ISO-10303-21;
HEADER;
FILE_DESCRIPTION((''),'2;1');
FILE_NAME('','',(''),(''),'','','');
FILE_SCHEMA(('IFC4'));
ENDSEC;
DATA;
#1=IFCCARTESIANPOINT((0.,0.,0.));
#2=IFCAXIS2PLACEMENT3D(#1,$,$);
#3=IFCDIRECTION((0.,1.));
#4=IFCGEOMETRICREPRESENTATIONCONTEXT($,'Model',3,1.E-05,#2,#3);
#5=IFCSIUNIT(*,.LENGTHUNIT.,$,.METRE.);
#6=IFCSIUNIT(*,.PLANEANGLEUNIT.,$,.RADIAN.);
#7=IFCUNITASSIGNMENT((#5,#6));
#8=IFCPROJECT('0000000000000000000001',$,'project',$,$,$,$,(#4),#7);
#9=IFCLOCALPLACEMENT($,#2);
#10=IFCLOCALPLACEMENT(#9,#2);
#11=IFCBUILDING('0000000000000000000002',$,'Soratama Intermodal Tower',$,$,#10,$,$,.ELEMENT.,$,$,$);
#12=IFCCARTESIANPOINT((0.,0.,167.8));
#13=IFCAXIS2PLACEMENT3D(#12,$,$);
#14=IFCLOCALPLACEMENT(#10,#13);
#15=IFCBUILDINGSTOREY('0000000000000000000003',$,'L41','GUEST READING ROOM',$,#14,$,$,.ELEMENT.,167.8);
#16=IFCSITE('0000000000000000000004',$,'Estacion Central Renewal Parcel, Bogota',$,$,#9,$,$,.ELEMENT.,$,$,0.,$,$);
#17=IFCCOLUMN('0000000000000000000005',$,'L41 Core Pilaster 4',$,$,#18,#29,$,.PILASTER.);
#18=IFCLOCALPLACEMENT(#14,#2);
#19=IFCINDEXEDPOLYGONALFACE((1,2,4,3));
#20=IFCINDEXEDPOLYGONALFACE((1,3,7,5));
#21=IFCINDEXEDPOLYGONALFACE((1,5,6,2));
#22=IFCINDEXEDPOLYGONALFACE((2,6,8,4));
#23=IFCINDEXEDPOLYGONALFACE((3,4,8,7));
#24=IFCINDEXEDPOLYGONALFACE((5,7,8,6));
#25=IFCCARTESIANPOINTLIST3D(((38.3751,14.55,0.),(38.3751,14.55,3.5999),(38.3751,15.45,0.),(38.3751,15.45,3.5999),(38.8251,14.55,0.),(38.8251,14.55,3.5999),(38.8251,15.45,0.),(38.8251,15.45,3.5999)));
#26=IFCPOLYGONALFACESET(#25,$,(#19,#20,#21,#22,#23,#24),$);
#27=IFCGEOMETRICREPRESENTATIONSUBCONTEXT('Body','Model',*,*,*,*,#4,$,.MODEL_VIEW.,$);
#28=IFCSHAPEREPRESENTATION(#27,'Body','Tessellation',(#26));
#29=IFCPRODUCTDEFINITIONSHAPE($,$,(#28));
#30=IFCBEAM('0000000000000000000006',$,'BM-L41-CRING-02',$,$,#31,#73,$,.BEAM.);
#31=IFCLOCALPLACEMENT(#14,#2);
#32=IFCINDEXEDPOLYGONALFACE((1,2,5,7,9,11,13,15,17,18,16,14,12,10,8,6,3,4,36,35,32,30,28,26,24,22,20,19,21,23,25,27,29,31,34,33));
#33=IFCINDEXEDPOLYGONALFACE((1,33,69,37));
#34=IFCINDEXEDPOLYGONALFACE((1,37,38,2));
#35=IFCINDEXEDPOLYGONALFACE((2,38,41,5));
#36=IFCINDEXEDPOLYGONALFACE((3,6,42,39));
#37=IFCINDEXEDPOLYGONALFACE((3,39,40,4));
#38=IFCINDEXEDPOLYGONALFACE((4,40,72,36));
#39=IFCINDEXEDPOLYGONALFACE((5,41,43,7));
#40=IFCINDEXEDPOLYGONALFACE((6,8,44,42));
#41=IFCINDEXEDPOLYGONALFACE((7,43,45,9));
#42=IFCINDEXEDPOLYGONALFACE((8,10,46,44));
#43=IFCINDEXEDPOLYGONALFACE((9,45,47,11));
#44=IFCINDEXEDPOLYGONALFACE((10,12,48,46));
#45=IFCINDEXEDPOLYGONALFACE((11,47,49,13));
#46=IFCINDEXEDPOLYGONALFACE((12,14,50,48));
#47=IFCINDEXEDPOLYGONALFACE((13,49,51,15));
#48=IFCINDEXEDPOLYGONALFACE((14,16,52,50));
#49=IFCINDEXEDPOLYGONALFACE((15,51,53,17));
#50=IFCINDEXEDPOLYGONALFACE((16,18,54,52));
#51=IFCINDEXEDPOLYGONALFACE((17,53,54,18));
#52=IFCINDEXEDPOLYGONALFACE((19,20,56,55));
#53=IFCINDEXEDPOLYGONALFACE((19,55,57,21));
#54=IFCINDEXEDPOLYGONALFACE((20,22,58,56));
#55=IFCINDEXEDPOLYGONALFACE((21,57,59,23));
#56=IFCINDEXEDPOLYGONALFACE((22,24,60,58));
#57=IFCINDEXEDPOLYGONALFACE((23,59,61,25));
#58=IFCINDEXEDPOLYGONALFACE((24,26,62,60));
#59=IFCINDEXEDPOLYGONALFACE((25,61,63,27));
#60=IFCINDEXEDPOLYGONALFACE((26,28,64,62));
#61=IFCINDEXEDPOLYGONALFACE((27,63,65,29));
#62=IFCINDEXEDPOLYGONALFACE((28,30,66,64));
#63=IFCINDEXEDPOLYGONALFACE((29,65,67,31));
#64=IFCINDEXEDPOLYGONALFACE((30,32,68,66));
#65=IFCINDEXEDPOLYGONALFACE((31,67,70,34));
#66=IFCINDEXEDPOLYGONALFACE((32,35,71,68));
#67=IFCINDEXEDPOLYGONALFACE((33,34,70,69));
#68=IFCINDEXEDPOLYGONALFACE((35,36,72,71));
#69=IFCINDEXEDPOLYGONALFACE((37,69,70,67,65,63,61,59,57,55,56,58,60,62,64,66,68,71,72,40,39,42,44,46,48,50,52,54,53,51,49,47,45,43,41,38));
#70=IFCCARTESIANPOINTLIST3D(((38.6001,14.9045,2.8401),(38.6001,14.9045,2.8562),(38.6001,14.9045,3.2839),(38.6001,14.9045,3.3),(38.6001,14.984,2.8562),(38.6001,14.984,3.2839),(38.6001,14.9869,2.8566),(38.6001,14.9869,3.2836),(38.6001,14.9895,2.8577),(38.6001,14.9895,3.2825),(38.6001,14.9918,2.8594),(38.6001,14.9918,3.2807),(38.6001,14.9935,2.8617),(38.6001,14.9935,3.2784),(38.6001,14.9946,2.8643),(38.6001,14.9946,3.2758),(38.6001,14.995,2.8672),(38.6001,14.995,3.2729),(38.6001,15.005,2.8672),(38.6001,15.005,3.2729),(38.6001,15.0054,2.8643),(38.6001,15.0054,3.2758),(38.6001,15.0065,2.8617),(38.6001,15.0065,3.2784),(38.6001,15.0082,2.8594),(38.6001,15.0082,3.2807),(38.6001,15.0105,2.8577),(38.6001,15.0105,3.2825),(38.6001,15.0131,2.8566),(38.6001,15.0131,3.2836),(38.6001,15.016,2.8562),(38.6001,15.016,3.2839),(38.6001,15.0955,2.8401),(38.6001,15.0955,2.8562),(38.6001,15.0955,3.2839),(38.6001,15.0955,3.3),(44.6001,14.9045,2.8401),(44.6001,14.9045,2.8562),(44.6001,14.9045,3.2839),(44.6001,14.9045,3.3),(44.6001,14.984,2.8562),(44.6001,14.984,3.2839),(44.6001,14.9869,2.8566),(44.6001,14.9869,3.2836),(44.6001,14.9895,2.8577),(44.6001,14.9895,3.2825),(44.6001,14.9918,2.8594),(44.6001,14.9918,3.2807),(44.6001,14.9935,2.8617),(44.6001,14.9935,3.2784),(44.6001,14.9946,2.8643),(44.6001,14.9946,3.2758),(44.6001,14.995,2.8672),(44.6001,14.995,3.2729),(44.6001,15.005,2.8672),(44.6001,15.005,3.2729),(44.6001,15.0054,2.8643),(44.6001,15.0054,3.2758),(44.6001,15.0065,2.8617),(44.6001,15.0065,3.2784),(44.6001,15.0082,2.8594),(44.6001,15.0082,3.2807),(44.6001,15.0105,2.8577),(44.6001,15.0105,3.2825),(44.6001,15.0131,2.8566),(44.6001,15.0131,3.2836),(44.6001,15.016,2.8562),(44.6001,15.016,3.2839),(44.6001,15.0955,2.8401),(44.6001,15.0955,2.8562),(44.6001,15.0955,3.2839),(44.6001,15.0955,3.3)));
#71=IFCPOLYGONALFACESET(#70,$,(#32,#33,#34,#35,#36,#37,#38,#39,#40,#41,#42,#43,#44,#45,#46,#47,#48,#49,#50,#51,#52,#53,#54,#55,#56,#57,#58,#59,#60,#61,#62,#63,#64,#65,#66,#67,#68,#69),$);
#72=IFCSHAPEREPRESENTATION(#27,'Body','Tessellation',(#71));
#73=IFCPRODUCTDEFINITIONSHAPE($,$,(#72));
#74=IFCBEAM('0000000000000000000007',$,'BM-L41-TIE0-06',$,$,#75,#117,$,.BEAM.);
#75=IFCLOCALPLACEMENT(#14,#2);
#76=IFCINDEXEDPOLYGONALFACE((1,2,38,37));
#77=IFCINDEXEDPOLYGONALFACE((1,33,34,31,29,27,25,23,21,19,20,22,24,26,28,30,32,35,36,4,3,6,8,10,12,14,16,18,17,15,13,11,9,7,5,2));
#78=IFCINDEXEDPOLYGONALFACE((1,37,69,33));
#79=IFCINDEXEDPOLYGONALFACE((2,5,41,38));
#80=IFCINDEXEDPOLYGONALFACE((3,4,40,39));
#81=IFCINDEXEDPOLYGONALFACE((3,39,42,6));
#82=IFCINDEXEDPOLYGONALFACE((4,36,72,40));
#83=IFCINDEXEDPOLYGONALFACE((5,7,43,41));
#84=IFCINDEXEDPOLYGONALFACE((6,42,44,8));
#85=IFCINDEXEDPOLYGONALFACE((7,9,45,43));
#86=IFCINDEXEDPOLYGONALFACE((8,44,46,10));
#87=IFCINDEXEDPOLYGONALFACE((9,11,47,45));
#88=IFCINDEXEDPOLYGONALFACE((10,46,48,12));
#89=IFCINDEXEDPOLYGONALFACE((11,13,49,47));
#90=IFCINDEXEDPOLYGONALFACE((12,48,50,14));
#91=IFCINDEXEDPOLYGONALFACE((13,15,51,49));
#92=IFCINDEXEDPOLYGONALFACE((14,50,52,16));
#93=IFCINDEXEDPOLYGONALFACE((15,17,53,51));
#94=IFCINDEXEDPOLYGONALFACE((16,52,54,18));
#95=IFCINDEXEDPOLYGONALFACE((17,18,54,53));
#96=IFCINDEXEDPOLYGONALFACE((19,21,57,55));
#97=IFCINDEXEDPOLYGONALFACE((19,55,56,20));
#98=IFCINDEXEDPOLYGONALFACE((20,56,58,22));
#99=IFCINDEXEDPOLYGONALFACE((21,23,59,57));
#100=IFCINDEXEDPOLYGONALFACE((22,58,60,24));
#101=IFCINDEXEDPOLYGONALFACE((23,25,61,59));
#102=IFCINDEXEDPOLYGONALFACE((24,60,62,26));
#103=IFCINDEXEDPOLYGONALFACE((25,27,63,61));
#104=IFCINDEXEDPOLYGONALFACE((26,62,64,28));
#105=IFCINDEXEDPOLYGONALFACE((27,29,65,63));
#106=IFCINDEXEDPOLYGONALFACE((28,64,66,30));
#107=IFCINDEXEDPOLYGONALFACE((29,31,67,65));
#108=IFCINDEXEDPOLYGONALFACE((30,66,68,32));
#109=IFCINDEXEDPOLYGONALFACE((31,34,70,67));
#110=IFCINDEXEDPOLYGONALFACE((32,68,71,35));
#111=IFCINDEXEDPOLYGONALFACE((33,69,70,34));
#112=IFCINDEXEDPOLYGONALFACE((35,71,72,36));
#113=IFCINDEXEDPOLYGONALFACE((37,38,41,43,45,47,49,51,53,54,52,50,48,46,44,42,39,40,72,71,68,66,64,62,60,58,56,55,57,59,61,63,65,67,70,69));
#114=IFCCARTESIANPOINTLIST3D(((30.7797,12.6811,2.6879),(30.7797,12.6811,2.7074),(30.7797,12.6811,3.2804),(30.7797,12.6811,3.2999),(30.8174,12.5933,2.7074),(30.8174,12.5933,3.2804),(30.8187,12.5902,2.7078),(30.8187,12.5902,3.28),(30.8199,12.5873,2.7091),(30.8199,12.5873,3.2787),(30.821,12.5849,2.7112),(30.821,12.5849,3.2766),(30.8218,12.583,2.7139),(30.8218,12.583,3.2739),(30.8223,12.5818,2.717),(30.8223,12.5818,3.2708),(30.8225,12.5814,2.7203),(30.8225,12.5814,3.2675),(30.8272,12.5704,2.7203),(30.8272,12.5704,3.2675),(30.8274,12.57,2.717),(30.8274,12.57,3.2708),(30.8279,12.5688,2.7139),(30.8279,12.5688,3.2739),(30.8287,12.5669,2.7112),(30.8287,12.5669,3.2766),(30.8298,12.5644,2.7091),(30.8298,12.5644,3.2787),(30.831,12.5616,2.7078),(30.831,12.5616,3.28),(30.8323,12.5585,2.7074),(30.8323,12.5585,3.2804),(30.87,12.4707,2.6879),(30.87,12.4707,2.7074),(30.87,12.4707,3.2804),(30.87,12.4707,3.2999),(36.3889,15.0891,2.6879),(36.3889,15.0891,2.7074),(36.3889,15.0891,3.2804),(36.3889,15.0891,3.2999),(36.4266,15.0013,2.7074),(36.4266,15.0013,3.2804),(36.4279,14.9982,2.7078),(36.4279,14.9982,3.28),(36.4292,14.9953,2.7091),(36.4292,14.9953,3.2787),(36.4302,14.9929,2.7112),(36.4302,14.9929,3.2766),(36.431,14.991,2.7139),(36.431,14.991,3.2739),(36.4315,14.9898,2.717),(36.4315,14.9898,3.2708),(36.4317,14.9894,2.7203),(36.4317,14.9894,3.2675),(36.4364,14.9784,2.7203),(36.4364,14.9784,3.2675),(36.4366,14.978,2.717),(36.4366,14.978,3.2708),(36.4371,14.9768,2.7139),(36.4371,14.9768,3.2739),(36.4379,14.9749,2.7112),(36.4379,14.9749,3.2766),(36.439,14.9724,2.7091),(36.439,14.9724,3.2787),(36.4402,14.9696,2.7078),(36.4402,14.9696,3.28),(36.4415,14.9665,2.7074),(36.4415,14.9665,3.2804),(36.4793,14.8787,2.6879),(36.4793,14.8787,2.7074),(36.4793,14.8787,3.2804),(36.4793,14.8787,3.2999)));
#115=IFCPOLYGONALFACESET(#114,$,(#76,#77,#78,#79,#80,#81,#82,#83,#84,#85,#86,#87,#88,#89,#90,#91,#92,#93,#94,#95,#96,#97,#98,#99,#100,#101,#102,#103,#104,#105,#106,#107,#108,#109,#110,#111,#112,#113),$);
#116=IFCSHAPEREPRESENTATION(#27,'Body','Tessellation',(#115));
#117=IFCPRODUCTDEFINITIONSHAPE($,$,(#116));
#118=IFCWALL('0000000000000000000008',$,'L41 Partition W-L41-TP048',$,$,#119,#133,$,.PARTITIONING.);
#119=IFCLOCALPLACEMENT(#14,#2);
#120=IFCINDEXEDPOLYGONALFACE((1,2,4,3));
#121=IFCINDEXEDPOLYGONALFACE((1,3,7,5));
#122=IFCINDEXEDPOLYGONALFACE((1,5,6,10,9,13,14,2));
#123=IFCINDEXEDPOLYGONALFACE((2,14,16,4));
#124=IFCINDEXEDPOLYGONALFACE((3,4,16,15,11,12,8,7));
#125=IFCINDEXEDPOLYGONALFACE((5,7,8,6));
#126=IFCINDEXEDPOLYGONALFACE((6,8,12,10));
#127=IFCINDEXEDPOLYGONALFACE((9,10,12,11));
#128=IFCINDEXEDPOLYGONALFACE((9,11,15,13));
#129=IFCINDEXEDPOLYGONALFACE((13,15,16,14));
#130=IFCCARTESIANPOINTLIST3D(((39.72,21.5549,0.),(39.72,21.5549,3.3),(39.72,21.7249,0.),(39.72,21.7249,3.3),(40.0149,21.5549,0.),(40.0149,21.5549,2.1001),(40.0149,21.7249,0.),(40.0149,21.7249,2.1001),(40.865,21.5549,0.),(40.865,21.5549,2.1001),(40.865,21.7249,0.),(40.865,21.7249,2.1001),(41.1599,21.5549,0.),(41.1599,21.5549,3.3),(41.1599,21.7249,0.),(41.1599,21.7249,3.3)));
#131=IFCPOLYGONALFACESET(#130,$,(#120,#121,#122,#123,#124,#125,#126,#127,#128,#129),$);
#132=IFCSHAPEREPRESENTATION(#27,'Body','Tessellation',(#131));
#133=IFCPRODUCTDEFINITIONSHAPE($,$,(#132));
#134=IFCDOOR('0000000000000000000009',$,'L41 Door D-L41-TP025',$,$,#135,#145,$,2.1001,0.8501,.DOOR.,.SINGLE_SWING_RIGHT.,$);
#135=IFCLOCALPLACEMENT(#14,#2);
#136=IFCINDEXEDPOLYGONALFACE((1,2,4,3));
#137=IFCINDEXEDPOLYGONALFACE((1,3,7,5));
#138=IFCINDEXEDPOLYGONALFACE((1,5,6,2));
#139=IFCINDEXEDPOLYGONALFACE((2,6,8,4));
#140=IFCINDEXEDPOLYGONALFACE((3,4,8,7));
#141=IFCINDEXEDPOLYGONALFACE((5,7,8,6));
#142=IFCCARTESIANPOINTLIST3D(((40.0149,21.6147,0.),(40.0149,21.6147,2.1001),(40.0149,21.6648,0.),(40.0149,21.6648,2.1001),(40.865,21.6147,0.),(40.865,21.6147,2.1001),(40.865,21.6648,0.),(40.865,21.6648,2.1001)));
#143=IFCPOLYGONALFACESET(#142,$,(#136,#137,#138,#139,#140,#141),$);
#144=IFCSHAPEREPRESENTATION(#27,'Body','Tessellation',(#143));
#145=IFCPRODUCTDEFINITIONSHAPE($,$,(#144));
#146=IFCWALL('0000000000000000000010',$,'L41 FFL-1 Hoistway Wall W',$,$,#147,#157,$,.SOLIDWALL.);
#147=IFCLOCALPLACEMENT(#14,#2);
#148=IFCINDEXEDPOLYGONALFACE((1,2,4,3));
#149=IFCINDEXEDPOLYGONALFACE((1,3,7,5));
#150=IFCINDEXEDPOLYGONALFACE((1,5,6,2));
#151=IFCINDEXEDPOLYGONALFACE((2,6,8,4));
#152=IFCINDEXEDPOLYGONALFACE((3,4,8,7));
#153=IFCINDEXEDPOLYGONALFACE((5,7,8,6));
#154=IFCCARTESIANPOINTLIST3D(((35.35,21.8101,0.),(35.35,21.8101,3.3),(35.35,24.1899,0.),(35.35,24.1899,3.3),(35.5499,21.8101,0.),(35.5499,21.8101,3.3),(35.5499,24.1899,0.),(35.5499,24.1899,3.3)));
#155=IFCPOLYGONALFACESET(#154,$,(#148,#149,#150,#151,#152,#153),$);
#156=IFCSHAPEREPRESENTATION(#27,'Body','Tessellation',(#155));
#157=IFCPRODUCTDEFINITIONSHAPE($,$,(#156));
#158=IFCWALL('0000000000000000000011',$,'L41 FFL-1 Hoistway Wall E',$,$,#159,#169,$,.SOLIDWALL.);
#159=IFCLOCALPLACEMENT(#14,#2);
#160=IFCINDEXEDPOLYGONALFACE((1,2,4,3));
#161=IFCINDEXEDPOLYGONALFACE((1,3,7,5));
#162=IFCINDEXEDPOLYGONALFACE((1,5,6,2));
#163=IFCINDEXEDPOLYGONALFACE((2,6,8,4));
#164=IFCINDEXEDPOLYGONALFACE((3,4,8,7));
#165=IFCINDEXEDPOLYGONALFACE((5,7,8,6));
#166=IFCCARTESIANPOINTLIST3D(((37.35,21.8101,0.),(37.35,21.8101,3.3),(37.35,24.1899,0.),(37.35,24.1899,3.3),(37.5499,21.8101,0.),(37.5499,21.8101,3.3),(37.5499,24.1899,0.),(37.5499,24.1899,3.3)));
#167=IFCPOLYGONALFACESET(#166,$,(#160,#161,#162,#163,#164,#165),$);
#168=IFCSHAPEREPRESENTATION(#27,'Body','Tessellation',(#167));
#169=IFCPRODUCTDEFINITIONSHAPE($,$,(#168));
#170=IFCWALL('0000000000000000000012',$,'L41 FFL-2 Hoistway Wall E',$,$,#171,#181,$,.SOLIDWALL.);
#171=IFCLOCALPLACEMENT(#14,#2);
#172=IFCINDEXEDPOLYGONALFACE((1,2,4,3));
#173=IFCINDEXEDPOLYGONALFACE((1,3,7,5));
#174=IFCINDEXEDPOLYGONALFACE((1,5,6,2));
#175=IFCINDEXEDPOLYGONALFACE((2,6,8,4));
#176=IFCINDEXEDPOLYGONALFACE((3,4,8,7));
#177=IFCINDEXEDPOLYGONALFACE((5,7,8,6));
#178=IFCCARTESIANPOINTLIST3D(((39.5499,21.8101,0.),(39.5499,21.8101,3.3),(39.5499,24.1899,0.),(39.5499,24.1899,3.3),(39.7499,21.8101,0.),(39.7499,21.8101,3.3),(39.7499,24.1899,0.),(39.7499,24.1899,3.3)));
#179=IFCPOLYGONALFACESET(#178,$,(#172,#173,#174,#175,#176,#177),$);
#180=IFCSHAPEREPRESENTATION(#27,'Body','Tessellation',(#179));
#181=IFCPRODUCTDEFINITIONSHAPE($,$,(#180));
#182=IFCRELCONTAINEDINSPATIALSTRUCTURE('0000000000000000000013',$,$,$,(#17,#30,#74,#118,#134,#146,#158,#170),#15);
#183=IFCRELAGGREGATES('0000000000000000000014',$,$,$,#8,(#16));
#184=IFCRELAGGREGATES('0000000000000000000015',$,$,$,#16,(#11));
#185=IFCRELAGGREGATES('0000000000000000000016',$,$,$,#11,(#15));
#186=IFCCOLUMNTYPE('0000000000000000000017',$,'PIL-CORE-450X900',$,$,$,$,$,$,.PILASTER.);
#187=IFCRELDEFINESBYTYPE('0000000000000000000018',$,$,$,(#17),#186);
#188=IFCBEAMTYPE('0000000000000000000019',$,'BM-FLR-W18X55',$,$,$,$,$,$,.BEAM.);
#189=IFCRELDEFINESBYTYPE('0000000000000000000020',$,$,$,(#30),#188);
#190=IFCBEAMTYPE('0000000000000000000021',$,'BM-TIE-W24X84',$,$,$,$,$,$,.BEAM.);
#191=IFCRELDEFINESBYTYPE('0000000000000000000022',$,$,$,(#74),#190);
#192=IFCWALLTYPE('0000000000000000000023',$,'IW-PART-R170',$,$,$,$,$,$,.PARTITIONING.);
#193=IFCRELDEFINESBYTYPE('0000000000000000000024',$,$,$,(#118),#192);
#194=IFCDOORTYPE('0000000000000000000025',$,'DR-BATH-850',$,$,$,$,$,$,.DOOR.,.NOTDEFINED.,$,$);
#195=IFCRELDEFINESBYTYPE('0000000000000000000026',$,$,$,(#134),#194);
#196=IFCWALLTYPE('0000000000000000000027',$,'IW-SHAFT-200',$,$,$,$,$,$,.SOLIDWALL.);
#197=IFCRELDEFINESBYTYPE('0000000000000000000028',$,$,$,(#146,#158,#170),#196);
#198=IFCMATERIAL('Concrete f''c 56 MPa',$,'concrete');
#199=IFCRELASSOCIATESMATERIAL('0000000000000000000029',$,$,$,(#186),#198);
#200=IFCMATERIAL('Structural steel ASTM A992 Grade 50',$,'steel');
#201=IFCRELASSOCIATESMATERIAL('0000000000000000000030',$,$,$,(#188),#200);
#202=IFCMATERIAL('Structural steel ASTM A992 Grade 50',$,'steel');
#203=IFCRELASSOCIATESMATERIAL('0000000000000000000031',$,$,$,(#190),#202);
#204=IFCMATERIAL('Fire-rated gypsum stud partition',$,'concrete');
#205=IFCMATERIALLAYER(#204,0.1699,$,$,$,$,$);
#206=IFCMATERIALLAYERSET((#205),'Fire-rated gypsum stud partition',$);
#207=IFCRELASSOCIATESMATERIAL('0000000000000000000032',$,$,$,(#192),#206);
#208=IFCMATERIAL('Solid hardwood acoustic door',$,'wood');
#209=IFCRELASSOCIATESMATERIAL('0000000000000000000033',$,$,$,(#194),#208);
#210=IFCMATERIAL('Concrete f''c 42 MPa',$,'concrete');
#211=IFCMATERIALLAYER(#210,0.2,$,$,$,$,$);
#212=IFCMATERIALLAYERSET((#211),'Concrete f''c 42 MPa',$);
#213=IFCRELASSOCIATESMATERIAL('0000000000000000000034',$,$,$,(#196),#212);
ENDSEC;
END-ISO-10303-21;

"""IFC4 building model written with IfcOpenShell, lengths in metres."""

from ifc_helpers import new_model, si_unit, direction, frame, frame_2d, origin, origin_2d, place, context, subcontext, project, spatial, rectangle, i_section, extrude, material, layer, layer_set, material_profile, profile_set, type_object, element, fill, save


model = new_model("IFC4")

# Units and contexts
model_context = context("Model", 3, precision=1e-05, world=origin(), true_north=direction((0.0, 1.0)))
body_context = subcontext(model_context, "Body", "Model", "MODEL_VIEW")
ifc_project = project(units=[si_unit("LENGTHUNIT", "METRE"), si_unit("PLANEANGLEUNIT", "RADIAN")], contexts=[model_context])

# Site, building, storey
site_placement = place(None, origin())
site = spatial("IfcSite", under=ifc_project, at=site_placement, Name="Estacion Central Renewal Parcel, Bogota", CompositionType="ELEMENT", RefElevation=0.0)
building_placement = place(site_placement, origin())
building = spatial("IfcBuilding", under=site, at=building_placement, Name="Soratama Intermodal Tower", CompositionType="ELEMENT")
storey_placement = place(building_placement, frame((0.0, 0.0, 167.8)))
storey = spatial("IfcBuildingStorey", under=building, at=storey_placement, Name="L41", Description="GUEST READING ROOM", CompositionType="ELEMENT", Elevation=167.8)

# Column
ifc_material_1 = material(Name="Concrete f'c 56 MPa", Category="concrete")
ifc_material_profile_1 = material_profile(ifc_material_1, rectangle(XDim=0.45, YDim=0.8999, at=origin_2d()), Name="RC450X900")
ifc_profile_set_1 = profile_set([ifc_material_profile_1], Name="Concrete f'c 56 MPa")
column_type = type_object("IfcColumnType", Name="PIL-CORE-450X900", PredefinedType="PILASTER", material=ifc_profile_set_1)
column_placement = place(storey_placement, frame((38.6001, 15.0, 0.0), z_axis=(0.0, 0.0, 1.0), x_axis=(1.0, 0.0, 0.0)))
element("IfcColumn", 1, at=column_placement, inside=storey, type_object=column_type, Name="L41 Core Pilaster 4", PredefinedType="PILASTER", context=body_context, shape_type="SweptSolid", body=[
    extrude(rectangle(XDim=0.45, YDim=0.8999, at=origin_2d()), origin(), (0.0, 0.0, 1.0), 3.5999),
])

# Beams
ifc_material_2 = material(Name="Structural steel ASTM A992 Grade 50", Category="steel")
ifc_material_profile_2 = material_profile(ifc_material_2, i_section(OverallWidth=0.1909, OverallDepth=0.46, WebThickness=0.01, FlangeThickness=0.0161, FilletRadius=0.011, at=origin_2d()), Name="W18X55")
ifc_profile_set_2 = profile_set([ifc_material_profile_2], Name="Structural steel ASTM A992 Grade 50")
beam_type_1 = type_object("IfcBeamType", Name="BM-FLR-W18X55", PredefinedType="BEAM", material=ifc_profile_set_2)
beam_1_placement = place(storey_placement, frame((38.6001, 15.0, 3.0701), z_axis=(1.0, 0.0, 0.0), x_axis=(0.0, 1.0, 0.0)))
element("IfcBeam", 2, at=beam_1_placement, inside=storey, type_object=beam_type_1, Name="BM-L41-CRING-02", PredefinedType="BEAM", context=body_context, shape_type="SweptSolid", body=[
    extrude(i_section(OverallWidth=0.1909, OverallDepth=0.46, WebThickness=0.01, FlangeThickness=0.0161, FilletRadius=0.011, at=origin_2d()), origin(), (0.0, 0.0, 1.0), 6.0),
])
ifc_material_3 = material(Name="Structural steel ASTM A992 Grade 50", Category="steel")
ifc_material_profile_3 = material_profile(ifc_material_3, i_section(OverallWidth=0.229, OverallDepth=0.6121, WebThickness=0.012, FlangeThickness=0.0195, FilletRadius=0.0129, at=origin_2d()), Name="W24X84")
ifc_profile_set_3 = profile_set([ifc_material_profile_3], Name="Structural steel ASTM A992 Grade 50")
beam_type_2 = type_object("IfcBeamType", Name="BM-TIE-W24X84", PredefinedType="BEAM", material=ifc_profile_set_3)
beam_2_placement = place(storey_placement, frame((36.4341, 14.9839, 2.9939), z_axis=(-0.918905, -0.394479, 0.0), x_axis=(0.394479, -0.918905, 0.0)))
element("IfcBeam", 3, at=beam_2_placement, inside=storey, type_object=beam_type_2, Name="BM-L41-TIE0-06", PredefinedType="BEAM", context=body_context, shape_type="SweptSolid", body=[
    extrude(i_section(OverallWidth=0.229, OverallDepth=0.6121, WebThickness=0.012, FlangeThickness=0.0195, FilletRadius=0.0129, at=origin_2d()), origin(), (0.0, 0.0, 1.0), 6.1042),
])

# Wall, opening, door
ifc_material_4 = material(Name="Fire-rated gypsum stud partition", Category="concrete")
ifc_layer_1 = layer(ifc_material_4, 0.1699)
ifc_layer_set_1 = layer_set([ifc_layer_1], Name="Fire-rated gypsum stud partition")
wall_type_1 = type_object("IfcWallType", Name="IW-PART-R170", PredefinedType="PARTITIONING", material=ifc_layer_set_1)
wall_1_placement = place(storey_placement, frame((39.72, 21.6399, 0.0), z_axis=(0.0, 0.0, 1.0), x_axis=(1.0, 0.0, 0.0)))
wall_1 = element("IfcWall", 4, at=wall_1_placement, inside=storey, type_object=wall_type_1, Name="L41 Partition W-L41-TP048", PredefinedType="PARTITIONING", context=body_context, shape_type="SweptSolid", body=[
    extrude(rectangle(XDim=1.4399, YDim=0.1699, at=frame_2d((0.72, 0.0))), origin(), (0.0, 0.0, 1.0), 3.3),
])
opening_1_placement = place(wall_1_placement, frame((0.2949, 0.0, 0.0)))
opening_1 = element("IfcOpeningElement", 5, at=opening_1_placement, cuts=wall_1, PredefinedType="OPENING", context=body_context, shape_type="SweptSolid", body=[
    extrude(rectangle(XDim=0.8501, YDim=2.1001, at=frame_2d((0.425, 1.05))), frame((0.0, 0.095, 0.0), z_axis=(0.0, -1.0, 0.0), x_axis=(1.0, 0.0, 0.0)), (0.0, 0.0, 1.0), 0.1899),
])
ifc_material_5 = material(Name="Solid hardwood acoustic door", Category="wood")
door_type_1 = type_object("IfcDoorType", Name="DR-BATH-850", OperationType="NOTDEFINED", PredefinedType="DOOR", material=ifc_material_5)
door_1_placement = place(opening_1_placement, origin())
door_1 = element("IfcDoor", 6, at=door_1_placement, inside=storey, type_object=door_type_1, Name="L41 Door D-L41-TP025", OperationType="SINGLE_SWING_RIGHT", OverallHeight=2.1001, OverallWidth=0.8501, PredefinedType="DOOR", context=body_context, shape_type="SweptSolid", body=[
    extrude(rectangle(XDim=0.8501, YDim=2.1001, at=frame_2d((0.425, 1.05))), frame((0.0, 0.0249, 0.0), z_axis=(0.0, -1.0, 0.0), x_axis=(1.0, 0.0, 0.0)), (0.0, 0.0, 1.0), 0.05),
])
fill(opening_1, door_1)
ifc_material_6 = material(Name="Concrete f'c 42 MPa", Category="concrete")
ifc_layer_2 = layer(ifc_material_6, 0.2)
ifc_layer_set_2 = layer_set([ifc_layer_2], Name="Concrete f'c 42 MPa")
wall_type_2 = type_object("IfcWallType", Name="IW-SHAFT-200", PredefinedType="SOLIDWALL", material=ifc_layer_set_2)

# Walls
for number, where, z_axis, x_axis, name in (
    (7, (35.45, 21.8101, 0.0), (0.0, 0.0, 1.0), (0.0, 1.0, 0.0), "L41 FFL-1 Hoistway Wall W"),
    (8, (37.45, 21.8101, 0.0), (0.0, 0.0, 1.0), (0.0, 1.0, 0.0), "L41 FFL-1 Hoistway Wall E"),
):
    element("IfcWall", number, at=place(storey_placement, frame(where, z_axis=z_axis, x_axis=x_axis)), inside=storey, type_object=wall_type_2, Name=name, PredefinedType="SOLIDWALL", context=body_context, shape_type="SweptSolid", body=[
        extrude(rectangle(XDim=2.3799, YDim=0.2, at=frame_2d((1.1899, 0.0))), origin(), (0.0, 0.0, 1.0), 3.3),
    ])

# Wall
wall_2_placement = place(storey_placement, frame((39.6499, 21.8101, 0.0), z_axis=(0.0, 0.0, 1.0), x_axis=(0.0, 1.0, 0.0)))
element("IfcWall", 9, at=wall_2_placement, inside=storey, type_object=wall_type_2, Name="L41 FFL-2 Hoistway Wall E", PredefinedType="SOLIDWALL", context=body_context, shape_type="SweptSolid", body=[
    extrude(rectangle(XDim=2.3799, YDim=0.2, at=frame_2d((1.1899, 0.0))), origin(), (0.0, 0.0, 1.0), 3.3),
])

save(model, "model.ifc")
